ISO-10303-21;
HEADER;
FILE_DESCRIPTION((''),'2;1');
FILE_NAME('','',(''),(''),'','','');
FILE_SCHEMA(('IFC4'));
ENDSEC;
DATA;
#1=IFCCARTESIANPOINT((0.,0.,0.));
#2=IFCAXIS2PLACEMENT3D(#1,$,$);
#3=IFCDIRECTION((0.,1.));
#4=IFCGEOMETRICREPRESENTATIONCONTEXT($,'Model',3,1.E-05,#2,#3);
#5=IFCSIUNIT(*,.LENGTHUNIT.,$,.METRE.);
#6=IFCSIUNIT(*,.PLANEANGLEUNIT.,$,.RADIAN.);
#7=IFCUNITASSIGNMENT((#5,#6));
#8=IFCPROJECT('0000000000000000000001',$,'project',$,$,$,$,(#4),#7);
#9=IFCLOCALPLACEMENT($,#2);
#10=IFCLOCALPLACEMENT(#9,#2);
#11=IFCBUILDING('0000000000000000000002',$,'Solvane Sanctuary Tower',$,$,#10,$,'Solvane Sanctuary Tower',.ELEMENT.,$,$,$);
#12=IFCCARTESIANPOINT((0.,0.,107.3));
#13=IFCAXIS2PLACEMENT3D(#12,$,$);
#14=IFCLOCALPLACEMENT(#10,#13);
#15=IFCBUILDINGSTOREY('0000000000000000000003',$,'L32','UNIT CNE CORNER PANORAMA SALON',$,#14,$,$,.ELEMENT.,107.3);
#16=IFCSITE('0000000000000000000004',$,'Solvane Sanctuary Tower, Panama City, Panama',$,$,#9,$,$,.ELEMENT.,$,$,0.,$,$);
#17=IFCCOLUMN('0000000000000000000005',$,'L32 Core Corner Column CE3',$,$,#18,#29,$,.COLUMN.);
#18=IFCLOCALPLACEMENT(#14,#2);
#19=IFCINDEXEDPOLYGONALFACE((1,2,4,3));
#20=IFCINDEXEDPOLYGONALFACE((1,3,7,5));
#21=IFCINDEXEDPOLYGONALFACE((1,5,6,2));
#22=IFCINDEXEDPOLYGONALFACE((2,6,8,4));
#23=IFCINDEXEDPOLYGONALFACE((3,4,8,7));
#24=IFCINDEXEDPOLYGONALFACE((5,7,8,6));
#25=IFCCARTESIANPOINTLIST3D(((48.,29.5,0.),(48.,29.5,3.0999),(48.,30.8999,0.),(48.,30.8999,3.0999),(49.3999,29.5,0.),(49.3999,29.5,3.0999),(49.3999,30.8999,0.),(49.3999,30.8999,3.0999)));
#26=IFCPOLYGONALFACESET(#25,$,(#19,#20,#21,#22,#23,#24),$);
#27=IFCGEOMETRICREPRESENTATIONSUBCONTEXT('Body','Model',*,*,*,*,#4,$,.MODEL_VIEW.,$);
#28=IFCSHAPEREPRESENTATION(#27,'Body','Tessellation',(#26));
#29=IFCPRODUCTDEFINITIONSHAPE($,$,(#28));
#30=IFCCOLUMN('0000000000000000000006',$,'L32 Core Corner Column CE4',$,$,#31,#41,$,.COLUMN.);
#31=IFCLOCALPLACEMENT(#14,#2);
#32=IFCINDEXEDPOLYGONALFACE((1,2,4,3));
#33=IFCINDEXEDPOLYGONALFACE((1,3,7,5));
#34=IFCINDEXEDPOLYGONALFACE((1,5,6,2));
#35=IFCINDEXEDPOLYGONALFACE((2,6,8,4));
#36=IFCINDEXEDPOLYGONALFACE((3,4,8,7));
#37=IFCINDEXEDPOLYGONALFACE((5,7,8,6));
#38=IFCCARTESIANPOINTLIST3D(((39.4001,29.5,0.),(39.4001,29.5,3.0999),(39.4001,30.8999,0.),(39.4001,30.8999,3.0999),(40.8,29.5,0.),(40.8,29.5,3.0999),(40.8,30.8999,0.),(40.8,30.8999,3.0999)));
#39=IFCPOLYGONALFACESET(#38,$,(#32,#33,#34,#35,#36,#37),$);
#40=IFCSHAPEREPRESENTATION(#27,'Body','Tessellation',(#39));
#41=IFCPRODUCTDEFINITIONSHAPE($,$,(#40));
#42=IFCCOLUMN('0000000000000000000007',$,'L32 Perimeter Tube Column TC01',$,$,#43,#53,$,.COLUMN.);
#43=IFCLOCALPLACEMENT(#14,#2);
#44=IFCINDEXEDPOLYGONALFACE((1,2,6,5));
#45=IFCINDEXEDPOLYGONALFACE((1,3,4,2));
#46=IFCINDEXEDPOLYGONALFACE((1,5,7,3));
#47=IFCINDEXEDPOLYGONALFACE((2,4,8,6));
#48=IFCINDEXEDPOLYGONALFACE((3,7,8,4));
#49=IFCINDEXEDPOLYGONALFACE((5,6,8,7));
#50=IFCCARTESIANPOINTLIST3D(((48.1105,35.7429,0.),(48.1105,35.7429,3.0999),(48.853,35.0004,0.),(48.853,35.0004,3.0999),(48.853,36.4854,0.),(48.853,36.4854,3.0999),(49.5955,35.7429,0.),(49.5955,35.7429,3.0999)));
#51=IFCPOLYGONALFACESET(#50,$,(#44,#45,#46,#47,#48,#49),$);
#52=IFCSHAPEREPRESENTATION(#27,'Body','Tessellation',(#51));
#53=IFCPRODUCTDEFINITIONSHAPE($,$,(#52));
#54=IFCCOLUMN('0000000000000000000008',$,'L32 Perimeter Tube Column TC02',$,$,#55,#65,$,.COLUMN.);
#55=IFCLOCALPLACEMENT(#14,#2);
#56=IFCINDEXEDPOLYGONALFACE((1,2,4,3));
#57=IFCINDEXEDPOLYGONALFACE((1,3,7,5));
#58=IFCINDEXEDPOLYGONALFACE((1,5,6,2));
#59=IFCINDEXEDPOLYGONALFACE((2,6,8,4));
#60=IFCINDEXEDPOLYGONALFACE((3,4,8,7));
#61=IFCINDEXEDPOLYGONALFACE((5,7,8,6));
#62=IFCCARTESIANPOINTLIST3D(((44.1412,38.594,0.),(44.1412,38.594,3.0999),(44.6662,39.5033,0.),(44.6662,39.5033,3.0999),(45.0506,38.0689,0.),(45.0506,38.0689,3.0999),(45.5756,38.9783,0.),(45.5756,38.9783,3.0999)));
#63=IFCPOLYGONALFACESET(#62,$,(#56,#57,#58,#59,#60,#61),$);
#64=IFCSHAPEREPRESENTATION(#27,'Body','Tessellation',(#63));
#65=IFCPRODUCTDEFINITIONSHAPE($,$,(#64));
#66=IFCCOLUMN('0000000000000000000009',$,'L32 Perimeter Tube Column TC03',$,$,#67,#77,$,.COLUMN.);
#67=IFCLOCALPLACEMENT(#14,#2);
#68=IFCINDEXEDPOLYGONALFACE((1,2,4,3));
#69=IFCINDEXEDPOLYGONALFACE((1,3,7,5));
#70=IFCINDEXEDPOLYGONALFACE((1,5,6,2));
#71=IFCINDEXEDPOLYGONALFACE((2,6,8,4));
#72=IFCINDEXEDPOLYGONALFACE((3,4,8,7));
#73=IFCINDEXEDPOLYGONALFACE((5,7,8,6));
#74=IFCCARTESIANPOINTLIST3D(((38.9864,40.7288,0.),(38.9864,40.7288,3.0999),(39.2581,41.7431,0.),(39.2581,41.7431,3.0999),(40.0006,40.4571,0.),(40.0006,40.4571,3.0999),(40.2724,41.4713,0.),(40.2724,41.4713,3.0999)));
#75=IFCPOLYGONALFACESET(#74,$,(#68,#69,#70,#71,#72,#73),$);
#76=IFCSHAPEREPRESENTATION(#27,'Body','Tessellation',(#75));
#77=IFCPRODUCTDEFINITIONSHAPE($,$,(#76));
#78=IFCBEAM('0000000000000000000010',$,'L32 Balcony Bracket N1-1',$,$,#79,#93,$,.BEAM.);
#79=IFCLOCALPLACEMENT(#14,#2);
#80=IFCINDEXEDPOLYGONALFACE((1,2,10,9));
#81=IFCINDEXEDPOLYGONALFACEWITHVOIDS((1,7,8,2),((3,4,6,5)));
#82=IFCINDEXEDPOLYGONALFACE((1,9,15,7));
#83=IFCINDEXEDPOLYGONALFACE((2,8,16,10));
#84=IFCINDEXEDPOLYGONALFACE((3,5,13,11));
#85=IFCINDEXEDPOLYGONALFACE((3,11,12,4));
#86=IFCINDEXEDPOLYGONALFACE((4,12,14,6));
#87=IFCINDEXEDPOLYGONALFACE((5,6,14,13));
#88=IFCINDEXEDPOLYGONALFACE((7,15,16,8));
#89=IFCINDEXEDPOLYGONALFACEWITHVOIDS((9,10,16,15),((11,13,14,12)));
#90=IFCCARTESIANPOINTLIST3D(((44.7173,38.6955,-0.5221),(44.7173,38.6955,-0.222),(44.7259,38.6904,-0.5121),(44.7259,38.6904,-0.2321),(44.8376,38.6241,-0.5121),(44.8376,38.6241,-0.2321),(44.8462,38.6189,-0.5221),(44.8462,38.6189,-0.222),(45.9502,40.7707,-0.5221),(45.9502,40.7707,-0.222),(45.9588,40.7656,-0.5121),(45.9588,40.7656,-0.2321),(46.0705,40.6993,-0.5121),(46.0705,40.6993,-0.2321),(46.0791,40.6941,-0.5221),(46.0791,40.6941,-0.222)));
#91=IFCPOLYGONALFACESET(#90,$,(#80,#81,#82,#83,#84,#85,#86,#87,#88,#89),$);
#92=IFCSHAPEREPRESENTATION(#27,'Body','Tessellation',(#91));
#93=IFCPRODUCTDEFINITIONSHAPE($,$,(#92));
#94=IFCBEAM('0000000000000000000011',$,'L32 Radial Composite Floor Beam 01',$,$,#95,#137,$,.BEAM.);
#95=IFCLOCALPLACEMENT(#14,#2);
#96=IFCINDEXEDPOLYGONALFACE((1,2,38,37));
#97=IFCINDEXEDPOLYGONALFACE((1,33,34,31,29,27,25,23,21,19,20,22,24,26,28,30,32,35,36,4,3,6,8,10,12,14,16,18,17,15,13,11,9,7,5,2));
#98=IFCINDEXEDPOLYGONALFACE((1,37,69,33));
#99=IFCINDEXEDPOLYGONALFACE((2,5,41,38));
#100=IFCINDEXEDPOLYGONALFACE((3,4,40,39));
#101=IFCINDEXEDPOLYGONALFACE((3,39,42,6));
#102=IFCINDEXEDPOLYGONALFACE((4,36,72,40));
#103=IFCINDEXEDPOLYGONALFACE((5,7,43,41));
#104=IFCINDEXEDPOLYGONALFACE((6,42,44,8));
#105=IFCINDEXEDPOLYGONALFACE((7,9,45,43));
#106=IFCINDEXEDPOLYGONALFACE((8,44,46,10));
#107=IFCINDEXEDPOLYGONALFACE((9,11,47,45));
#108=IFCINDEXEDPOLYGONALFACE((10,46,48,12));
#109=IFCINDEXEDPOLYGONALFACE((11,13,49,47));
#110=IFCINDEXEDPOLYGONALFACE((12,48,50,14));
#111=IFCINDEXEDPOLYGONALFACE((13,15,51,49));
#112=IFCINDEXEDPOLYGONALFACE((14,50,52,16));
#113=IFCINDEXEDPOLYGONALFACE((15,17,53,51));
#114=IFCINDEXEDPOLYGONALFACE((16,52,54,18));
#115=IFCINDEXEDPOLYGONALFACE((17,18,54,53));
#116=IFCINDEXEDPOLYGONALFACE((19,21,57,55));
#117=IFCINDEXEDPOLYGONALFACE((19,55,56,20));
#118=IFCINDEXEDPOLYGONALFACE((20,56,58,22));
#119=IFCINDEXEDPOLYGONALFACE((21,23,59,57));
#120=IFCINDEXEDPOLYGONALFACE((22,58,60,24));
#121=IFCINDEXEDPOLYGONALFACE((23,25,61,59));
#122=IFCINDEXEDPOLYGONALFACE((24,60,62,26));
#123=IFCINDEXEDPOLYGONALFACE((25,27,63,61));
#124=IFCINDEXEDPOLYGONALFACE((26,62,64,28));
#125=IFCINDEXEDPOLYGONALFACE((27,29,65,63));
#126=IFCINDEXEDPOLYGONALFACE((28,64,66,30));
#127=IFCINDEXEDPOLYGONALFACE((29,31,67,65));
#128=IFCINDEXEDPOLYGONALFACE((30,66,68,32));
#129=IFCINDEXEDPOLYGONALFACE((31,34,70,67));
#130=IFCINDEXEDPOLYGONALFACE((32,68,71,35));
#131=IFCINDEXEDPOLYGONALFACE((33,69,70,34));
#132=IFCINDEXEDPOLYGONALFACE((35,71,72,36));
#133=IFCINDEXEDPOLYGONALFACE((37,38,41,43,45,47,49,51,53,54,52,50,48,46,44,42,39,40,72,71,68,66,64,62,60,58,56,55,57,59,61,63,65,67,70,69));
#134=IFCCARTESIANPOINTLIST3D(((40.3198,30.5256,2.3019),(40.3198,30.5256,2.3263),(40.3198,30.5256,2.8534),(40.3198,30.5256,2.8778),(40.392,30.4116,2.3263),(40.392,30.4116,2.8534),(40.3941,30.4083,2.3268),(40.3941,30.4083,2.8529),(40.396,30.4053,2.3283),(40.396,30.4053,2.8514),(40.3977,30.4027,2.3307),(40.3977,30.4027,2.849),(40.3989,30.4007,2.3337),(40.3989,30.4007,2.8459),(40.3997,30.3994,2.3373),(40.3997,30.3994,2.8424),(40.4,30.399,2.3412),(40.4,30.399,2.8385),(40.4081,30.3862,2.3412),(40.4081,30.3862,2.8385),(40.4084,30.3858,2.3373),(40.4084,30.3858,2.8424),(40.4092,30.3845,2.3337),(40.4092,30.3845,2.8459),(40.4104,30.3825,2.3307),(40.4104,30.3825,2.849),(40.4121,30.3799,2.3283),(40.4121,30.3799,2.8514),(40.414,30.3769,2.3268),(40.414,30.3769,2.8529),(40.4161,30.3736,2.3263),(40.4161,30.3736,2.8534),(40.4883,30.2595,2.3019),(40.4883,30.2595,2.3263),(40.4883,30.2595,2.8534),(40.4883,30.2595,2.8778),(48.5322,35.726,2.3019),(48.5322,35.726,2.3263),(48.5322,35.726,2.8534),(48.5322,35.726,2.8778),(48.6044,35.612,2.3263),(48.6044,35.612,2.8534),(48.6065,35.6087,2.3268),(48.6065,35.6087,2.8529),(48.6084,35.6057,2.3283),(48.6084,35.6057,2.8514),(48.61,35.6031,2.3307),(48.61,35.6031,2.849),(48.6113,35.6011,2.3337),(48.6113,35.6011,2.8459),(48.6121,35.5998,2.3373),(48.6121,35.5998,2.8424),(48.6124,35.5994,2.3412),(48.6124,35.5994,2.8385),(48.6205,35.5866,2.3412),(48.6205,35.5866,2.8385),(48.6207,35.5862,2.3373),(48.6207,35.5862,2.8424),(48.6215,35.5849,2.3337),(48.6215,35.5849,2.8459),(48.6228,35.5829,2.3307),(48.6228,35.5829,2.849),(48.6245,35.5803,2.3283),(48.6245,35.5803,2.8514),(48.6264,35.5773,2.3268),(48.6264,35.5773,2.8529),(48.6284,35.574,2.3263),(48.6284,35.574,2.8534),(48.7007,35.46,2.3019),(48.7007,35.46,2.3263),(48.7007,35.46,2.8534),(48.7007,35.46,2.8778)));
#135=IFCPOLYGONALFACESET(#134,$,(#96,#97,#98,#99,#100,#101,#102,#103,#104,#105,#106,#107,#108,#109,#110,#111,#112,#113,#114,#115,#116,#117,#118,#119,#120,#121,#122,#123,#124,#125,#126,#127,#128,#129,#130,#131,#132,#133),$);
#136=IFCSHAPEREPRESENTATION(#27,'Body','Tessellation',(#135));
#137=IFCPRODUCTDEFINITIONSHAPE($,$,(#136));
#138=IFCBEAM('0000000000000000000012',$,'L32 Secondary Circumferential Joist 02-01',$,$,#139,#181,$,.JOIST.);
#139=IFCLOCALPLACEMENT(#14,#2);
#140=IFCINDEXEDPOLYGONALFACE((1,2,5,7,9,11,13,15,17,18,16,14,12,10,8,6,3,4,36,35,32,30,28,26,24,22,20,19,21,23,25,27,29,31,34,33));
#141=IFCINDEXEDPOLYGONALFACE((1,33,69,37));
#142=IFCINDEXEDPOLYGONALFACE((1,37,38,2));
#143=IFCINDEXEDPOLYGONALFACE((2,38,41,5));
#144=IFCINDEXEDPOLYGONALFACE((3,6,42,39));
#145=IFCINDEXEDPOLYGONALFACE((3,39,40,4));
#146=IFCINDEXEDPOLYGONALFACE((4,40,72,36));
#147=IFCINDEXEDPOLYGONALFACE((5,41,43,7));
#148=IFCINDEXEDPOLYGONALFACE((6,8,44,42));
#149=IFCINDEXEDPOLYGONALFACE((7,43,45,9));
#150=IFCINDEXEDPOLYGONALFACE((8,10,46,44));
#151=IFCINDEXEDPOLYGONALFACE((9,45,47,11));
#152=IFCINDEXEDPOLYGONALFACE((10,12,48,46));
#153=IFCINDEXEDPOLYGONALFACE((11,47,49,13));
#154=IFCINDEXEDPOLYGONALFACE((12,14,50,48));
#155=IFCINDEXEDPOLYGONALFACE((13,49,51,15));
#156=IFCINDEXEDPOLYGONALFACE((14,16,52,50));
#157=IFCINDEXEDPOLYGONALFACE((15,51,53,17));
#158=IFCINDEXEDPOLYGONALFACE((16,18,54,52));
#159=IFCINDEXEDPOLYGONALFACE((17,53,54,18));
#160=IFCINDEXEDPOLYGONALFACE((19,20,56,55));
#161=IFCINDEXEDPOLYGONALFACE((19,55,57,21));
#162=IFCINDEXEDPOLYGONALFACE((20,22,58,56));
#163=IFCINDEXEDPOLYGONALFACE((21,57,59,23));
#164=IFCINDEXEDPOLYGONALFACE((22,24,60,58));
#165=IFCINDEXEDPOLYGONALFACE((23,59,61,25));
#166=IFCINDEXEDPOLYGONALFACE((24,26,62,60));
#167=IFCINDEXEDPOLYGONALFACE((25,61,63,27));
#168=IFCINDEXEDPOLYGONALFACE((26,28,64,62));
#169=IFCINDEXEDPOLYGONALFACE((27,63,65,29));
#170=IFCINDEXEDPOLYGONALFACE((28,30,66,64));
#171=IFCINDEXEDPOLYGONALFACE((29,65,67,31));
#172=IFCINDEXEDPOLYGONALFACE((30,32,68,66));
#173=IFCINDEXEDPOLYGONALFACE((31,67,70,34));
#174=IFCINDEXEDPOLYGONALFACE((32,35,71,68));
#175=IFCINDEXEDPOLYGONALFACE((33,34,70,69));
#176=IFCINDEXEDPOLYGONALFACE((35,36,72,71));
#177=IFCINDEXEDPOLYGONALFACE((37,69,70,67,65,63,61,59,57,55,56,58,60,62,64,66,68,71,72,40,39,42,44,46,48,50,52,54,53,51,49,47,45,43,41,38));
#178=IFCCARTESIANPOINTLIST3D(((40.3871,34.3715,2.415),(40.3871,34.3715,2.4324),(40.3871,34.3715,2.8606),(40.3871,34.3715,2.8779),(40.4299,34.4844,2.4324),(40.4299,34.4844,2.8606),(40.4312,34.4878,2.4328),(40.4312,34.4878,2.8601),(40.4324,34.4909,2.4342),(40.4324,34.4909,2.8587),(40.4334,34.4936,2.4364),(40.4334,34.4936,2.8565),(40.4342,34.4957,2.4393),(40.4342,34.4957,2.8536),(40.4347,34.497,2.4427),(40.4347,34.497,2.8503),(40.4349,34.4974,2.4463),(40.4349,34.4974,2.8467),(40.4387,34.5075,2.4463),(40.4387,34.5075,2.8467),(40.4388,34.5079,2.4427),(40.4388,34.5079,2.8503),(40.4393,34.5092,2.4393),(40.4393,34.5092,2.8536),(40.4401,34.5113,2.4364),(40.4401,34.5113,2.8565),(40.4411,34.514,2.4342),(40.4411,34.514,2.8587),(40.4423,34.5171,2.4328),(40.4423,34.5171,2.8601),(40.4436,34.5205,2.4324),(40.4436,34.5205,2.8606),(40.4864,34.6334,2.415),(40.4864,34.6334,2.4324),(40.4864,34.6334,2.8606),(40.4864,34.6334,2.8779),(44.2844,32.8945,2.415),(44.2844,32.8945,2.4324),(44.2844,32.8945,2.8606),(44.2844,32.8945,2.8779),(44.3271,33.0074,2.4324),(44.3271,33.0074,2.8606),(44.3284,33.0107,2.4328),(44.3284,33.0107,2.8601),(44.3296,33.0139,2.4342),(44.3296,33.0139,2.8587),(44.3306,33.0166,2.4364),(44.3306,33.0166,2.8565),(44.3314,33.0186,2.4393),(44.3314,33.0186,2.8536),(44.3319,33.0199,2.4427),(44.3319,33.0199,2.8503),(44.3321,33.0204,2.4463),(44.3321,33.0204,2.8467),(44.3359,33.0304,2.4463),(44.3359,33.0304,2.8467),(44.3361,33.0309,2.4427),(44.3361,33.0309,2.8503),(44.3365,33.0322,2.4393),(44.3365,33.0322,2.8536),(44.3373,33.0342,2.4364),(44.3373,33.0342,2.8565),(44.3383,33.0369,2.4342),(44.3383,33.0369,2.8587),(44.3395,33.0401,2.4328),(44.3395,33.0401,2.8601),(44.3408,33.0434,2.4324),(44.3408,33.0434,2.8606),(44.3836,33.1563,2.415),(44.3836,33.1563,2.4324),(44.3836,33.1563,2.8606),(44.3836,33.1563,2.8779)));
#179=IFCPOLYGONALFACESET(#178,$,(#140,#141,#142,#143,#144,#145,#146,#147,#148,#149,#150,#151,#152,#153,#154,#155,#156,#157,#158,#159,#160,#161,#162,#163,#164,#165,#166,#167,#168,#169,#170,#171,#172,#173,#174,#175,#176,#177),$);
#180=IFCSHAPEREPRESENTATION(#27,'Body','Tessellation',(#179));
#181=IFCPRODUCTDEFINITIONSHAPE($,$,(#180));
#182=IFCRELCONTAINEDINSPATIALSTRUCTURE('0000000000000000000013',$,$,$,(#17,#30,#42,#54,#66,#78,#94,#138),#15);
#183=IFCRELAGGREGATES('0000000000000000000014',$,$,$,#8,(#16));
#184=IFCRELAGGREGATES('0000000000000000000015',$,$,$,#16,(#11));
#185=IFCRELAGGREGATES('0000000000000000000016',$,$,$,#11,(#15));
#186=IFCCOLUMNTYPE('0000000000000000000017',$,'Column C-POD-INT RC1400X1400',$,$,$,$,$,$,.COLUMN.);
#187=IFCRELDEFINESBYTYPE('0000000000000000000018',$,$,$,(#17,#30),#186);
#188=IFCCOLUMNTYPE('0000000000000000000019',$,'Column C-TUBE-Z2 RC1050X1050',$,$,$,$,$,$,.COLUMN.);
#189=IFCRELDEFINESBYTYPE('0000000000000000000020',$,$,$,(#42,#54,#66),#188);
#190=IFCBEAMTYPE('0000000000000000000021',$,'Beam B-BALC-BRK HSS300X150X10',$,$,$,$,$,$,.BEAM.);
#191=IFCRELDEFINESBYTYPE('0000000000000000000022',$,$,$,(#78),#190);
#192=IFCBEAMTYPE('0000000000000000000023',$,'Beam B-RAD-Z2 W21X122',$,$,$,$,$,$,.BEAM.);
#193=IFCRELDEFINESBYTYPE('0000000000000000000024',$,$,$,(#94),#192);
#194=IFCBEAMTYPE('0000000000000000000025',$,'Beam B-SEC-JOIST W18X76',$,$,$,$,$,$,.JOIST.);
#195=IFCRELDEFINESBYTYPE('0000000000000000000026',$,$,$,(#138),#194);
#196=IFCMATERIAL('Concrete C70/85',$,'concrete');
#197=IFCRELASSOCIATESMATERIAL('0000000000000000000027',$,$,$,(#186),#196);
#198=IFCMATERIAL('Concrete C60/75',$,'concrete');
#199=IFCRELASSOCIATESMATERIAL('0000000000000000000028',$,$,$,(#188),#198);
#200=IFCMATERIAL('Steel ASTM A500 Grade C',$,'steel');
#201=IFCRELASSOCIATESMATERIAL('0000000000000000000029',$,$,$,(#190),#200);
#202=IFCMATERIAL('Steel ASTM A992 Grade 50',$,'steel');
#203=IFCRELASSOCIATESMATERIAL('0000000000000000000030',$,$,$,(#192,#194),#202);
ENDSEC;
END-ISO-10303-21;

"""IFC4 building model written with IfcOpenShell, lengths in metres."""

from ifc_helpers import new_model, si_unit, direction, frame, origin, origin_2d, place, context, subcontext, project, spatial, rectangle, hollow_rectangle, i_section, extrude, material, material_profile, profile_set, type_object, element, save


model = new_model("IFC4")

# Units and contexts
model_context = context("Model", 3, precision=1e-05, world=origin(), true_north=direction((0.0, 1.0)))
body_context = subcontext(model_context, "Body", "Model", "MODEL_VIEW")
ifc_project = project(units=[si_unit("LENGTHUNIT", "METRE"), si_unit("PLANEANGLEUNIT", "RADIAN")], contexts=[model_context])

# Site, building, storey
site_placement = place(None, origin())
site = spatial("IfcSite", under=ifc_project, at=site_placement, Name="Solvane Sanctuary Tower, Panama City, Panama", CompositionType="ELEMENT", RefElevation=0.0)
building_placement = place(site_placement, origin())
building = spatial("IfcBuilding", under=site, at=building_placement, Name="Solvane Sanctuary Tower", LongName="Solvane Sanctuary Tower", CompositionType="ELEMENT")
storey_placement = place(building_placement, frame((0.0, 0.0, 107.3)))
storey = spatial("IfcBuildingStorey", under=building, at=storey_placement, Name="L32", Description="UNIT CNE CORNER PANORAMA SALON", CompositionType="ELEMENT", Elevation=107.3)

# Columns
ifc_material_1 = material(Name="Concrete C70/85", Category="concrete")
ifc_material_profile_1 = material_profile(ifc_material_1, rectangle(XDim=1.3999, YDim=1.3999, at=origin_2d()), Name="RC1400X1400")
ifc_profile_set_1 = profile_set([ifc_material_profile_1], Name="Concrete C70/85")
column_type_1 = type_object("IfcColumnType", Name="Column C-POD-INT RC1400X1400", PredefinedType="COLUMN", material=ifc_profile_set_1)
for number, where, z_axis, x_axis, name in (
    (1, (48.7, 30.2, 0.0), (0.0, 0.0, 1.0), (1.0, 0.0, 0.0), "L32 Core Corner Column CE3"),
    (2, (40.1001, 30.2, 0.0), (0.0, 0.0, 1.0), (1.0, 0.0, 0.0), "L32 Core Corner Column CE4"),
):
    element("IfcColumn", number, at=place(storey_placement, frame(where, z_axis=z_axis, x_axis=x_axis)), inside=storey, type_object=column_type_1, Name=name, PredefinedType="COLUMN", context=body_context, shape_type="SweptSolid", body=[
        extrude(rectangle(XDim=1.3999, YDim=1.3999, at=origin_2d()), origin(), (0.0, 0.0, 1.0), 3.0999),
    ])
ifc_material_2 = material(Name="Concrete C60/75", Category="concrete")
ifc_material_profile_2 = material_profile(ifc_material_2, rectangle(XDim=1.05, YDim=1.05, at=origin_2d()), Name="RC1050X1050")
ifc_profile_set_2 = profile_set([ifc_material_profile_2], Name="Concrete C60/75")
column_type_2 = type_object("IfcColumnType", Name="Column C-TUBE-Z2 RC1050X1050", PredefinedType="COLUMN", material=ifc_profile_set_2)
for number, where, z_axis, x_axis, name in (
    (3, (48.853, 35.7429, 0.0), (0.0, 0.0, 1.0), (0.707107, 0.707107, 0.0), "L32 Perimeter Tube Column TC01"),
    (4, (44.8584, 38.7861, 0.0), (0.0, 0.0, 1.0), (0.5, 0.866025, 0.0), "L32 Perimeter Tube Column TC02"),
    (5, (39.6294, 41.1001, 0.0), (0.0, 0.0, 1.0), (0.258819, 0.965926, 0.0), "L32 Perimeter Tube Column TC03"),
):
    element("IfcColumn", number, at=place(storey_placement, frame(where, z_axis=z_axis, x_axis=x_axis)), inside=storey, type_object=column_type_2, Name=name, PredefinedType="COLUMN", context=body_context, shape_type="SweptSolid", body=[
        extrude(rectangle(XDim=1.05, YDim=1.05, at=origin_2d()), origin(), (0.0, 0.0, 1.0), 3.0999),
    ])

# Beams
ifc_material_3 = material(Name="Steel ASTM A500 Grade C", Category="steel")
ifc_material_profile_3 = material_profile(ifc_material_3, hollow_rectangle(XDim=0.1499, YDim=0.3, WallThickness=0.01, at=origin_2d()), Name="HSS300X150X10")
ifc_profile_set_3 = profile_set([ifc_material_profile_3], Name="Steel ASTM A500 Grade C")
beam_type_1 = type_object("IfcBeamType", Name="Beam B-BALC-BRK HSS300X150X10", PredefinedType="BEAM", material=ifc_profile_set_3)
beam_1_placement = place(storey_placement, frame((44.7817, 38.6572, -0.3721), z_axis=(0.510772, 0.859716, 0.0), x_axis=(-0.859716, 0.510772, 0.0)))
element("IfcBeam", 6, at=beam_1_placement, inside=storey, type_object=beam_type_1, Name="L32 Balcony Bracket N1-1", PredefinedType="BEAM", context=body_context, shape_type="SweptSolid", body=[
    extrude(hollow_rectangle(XDim=0.1499, YDim=0.3, WallThickness=0.01, at=origin_2d()), origin(), (0.0, 0.0, 1.0), 2.4138),
])
ifc_material_4 = material(Name="Steel ASTM A992 Grade 50", Category="steel")
ifc_material_profile_4 = material_profile(ifc_material_4, i_section(OverallWidth=0.3149, OverallDepth=0.5759, WebThickness=0.0151, FlangeThickness=0.0244, FilletRadius=0.0149, at=origin_2d()), Name="W21X122")
ifc_profile_set_4 = profile_set([ifc_material_profile_4], Name="Steel ASTM A992 Grade 50")
beam_type_2 = type_object("IfcBeamType", Name="Beam B-RAD-Z2 W21X122", PredefinedType="BEAM", material=ifc_profile_set_4)
beam_2_placement = place(storey_placement, frame((40.4041, 30.3926, 2.5898), z_axis=(0.844854, 0.534997, 0.0), x_axis=(-0.534997, 0.844854, 0.0)))
element("IfcBeam", 7, at=beam_2_placement, inside=storey, type_object=beam_type_2, Name="L32 Radial Composite Floor Beam 01", PredefinedType="BEAM", context=body_context, shape_type="SweptSolid", body=[
    extrude(i_section(OverallWidth=0.3149, OverallDepth=0.5759, WebThickness=0.0151, FlangeThickness=0.0244, FilletRadius=0.0149, at=origin_2d()), origin(), (0.0, 0.0, 1.0), 9.7205),
])
ifc_material_profile_5 = material_profile(ifc_material_4, i_section(OverallWidth=0.28, OverallDepth=0.4629, WebThickness=0.0107, FlangeThickness=0.0173, FilletRadius=0.0139, at=origin_2d()), Name="W18X76")
ifc_profile_set_5 = profile_set([ifc_material_profile_5], Name="Steel ASTM A992 Grade 50")
beam_type_3 = type_object("IfcBeamType", Name="Beam B-SEC-JOIST W18X76", PredefinedType="JOIST", material=ifc_profile_set_5)
beam_3_placement = place(storey_placement, frame((40.4368, 34.5024, 2.6465), z_axis=(0.935093, -0.354402, 0.0), x_axis=(0.354402, 0.935093, 0.0)))
element("IfcBeam", 8, at=beam_3_placement, inside=storey, type_object=beam_type_3, Name="L32 Secondary Circumferential Joist 02-01", PredefinedType="JOIST", context=body_context, shape_type="SweptSolid", body=[
    extrude(i_section(OverallWidth=0.28, OverallDepth=0.4629, WebThickness=0.0107, FlangeThickness=0.0173, FilletRadius=0.0139, at=origin_2d()), origin(), (0.0, 0.0, 1.0), 4.1677),
])

save(model, "model.ifc")
